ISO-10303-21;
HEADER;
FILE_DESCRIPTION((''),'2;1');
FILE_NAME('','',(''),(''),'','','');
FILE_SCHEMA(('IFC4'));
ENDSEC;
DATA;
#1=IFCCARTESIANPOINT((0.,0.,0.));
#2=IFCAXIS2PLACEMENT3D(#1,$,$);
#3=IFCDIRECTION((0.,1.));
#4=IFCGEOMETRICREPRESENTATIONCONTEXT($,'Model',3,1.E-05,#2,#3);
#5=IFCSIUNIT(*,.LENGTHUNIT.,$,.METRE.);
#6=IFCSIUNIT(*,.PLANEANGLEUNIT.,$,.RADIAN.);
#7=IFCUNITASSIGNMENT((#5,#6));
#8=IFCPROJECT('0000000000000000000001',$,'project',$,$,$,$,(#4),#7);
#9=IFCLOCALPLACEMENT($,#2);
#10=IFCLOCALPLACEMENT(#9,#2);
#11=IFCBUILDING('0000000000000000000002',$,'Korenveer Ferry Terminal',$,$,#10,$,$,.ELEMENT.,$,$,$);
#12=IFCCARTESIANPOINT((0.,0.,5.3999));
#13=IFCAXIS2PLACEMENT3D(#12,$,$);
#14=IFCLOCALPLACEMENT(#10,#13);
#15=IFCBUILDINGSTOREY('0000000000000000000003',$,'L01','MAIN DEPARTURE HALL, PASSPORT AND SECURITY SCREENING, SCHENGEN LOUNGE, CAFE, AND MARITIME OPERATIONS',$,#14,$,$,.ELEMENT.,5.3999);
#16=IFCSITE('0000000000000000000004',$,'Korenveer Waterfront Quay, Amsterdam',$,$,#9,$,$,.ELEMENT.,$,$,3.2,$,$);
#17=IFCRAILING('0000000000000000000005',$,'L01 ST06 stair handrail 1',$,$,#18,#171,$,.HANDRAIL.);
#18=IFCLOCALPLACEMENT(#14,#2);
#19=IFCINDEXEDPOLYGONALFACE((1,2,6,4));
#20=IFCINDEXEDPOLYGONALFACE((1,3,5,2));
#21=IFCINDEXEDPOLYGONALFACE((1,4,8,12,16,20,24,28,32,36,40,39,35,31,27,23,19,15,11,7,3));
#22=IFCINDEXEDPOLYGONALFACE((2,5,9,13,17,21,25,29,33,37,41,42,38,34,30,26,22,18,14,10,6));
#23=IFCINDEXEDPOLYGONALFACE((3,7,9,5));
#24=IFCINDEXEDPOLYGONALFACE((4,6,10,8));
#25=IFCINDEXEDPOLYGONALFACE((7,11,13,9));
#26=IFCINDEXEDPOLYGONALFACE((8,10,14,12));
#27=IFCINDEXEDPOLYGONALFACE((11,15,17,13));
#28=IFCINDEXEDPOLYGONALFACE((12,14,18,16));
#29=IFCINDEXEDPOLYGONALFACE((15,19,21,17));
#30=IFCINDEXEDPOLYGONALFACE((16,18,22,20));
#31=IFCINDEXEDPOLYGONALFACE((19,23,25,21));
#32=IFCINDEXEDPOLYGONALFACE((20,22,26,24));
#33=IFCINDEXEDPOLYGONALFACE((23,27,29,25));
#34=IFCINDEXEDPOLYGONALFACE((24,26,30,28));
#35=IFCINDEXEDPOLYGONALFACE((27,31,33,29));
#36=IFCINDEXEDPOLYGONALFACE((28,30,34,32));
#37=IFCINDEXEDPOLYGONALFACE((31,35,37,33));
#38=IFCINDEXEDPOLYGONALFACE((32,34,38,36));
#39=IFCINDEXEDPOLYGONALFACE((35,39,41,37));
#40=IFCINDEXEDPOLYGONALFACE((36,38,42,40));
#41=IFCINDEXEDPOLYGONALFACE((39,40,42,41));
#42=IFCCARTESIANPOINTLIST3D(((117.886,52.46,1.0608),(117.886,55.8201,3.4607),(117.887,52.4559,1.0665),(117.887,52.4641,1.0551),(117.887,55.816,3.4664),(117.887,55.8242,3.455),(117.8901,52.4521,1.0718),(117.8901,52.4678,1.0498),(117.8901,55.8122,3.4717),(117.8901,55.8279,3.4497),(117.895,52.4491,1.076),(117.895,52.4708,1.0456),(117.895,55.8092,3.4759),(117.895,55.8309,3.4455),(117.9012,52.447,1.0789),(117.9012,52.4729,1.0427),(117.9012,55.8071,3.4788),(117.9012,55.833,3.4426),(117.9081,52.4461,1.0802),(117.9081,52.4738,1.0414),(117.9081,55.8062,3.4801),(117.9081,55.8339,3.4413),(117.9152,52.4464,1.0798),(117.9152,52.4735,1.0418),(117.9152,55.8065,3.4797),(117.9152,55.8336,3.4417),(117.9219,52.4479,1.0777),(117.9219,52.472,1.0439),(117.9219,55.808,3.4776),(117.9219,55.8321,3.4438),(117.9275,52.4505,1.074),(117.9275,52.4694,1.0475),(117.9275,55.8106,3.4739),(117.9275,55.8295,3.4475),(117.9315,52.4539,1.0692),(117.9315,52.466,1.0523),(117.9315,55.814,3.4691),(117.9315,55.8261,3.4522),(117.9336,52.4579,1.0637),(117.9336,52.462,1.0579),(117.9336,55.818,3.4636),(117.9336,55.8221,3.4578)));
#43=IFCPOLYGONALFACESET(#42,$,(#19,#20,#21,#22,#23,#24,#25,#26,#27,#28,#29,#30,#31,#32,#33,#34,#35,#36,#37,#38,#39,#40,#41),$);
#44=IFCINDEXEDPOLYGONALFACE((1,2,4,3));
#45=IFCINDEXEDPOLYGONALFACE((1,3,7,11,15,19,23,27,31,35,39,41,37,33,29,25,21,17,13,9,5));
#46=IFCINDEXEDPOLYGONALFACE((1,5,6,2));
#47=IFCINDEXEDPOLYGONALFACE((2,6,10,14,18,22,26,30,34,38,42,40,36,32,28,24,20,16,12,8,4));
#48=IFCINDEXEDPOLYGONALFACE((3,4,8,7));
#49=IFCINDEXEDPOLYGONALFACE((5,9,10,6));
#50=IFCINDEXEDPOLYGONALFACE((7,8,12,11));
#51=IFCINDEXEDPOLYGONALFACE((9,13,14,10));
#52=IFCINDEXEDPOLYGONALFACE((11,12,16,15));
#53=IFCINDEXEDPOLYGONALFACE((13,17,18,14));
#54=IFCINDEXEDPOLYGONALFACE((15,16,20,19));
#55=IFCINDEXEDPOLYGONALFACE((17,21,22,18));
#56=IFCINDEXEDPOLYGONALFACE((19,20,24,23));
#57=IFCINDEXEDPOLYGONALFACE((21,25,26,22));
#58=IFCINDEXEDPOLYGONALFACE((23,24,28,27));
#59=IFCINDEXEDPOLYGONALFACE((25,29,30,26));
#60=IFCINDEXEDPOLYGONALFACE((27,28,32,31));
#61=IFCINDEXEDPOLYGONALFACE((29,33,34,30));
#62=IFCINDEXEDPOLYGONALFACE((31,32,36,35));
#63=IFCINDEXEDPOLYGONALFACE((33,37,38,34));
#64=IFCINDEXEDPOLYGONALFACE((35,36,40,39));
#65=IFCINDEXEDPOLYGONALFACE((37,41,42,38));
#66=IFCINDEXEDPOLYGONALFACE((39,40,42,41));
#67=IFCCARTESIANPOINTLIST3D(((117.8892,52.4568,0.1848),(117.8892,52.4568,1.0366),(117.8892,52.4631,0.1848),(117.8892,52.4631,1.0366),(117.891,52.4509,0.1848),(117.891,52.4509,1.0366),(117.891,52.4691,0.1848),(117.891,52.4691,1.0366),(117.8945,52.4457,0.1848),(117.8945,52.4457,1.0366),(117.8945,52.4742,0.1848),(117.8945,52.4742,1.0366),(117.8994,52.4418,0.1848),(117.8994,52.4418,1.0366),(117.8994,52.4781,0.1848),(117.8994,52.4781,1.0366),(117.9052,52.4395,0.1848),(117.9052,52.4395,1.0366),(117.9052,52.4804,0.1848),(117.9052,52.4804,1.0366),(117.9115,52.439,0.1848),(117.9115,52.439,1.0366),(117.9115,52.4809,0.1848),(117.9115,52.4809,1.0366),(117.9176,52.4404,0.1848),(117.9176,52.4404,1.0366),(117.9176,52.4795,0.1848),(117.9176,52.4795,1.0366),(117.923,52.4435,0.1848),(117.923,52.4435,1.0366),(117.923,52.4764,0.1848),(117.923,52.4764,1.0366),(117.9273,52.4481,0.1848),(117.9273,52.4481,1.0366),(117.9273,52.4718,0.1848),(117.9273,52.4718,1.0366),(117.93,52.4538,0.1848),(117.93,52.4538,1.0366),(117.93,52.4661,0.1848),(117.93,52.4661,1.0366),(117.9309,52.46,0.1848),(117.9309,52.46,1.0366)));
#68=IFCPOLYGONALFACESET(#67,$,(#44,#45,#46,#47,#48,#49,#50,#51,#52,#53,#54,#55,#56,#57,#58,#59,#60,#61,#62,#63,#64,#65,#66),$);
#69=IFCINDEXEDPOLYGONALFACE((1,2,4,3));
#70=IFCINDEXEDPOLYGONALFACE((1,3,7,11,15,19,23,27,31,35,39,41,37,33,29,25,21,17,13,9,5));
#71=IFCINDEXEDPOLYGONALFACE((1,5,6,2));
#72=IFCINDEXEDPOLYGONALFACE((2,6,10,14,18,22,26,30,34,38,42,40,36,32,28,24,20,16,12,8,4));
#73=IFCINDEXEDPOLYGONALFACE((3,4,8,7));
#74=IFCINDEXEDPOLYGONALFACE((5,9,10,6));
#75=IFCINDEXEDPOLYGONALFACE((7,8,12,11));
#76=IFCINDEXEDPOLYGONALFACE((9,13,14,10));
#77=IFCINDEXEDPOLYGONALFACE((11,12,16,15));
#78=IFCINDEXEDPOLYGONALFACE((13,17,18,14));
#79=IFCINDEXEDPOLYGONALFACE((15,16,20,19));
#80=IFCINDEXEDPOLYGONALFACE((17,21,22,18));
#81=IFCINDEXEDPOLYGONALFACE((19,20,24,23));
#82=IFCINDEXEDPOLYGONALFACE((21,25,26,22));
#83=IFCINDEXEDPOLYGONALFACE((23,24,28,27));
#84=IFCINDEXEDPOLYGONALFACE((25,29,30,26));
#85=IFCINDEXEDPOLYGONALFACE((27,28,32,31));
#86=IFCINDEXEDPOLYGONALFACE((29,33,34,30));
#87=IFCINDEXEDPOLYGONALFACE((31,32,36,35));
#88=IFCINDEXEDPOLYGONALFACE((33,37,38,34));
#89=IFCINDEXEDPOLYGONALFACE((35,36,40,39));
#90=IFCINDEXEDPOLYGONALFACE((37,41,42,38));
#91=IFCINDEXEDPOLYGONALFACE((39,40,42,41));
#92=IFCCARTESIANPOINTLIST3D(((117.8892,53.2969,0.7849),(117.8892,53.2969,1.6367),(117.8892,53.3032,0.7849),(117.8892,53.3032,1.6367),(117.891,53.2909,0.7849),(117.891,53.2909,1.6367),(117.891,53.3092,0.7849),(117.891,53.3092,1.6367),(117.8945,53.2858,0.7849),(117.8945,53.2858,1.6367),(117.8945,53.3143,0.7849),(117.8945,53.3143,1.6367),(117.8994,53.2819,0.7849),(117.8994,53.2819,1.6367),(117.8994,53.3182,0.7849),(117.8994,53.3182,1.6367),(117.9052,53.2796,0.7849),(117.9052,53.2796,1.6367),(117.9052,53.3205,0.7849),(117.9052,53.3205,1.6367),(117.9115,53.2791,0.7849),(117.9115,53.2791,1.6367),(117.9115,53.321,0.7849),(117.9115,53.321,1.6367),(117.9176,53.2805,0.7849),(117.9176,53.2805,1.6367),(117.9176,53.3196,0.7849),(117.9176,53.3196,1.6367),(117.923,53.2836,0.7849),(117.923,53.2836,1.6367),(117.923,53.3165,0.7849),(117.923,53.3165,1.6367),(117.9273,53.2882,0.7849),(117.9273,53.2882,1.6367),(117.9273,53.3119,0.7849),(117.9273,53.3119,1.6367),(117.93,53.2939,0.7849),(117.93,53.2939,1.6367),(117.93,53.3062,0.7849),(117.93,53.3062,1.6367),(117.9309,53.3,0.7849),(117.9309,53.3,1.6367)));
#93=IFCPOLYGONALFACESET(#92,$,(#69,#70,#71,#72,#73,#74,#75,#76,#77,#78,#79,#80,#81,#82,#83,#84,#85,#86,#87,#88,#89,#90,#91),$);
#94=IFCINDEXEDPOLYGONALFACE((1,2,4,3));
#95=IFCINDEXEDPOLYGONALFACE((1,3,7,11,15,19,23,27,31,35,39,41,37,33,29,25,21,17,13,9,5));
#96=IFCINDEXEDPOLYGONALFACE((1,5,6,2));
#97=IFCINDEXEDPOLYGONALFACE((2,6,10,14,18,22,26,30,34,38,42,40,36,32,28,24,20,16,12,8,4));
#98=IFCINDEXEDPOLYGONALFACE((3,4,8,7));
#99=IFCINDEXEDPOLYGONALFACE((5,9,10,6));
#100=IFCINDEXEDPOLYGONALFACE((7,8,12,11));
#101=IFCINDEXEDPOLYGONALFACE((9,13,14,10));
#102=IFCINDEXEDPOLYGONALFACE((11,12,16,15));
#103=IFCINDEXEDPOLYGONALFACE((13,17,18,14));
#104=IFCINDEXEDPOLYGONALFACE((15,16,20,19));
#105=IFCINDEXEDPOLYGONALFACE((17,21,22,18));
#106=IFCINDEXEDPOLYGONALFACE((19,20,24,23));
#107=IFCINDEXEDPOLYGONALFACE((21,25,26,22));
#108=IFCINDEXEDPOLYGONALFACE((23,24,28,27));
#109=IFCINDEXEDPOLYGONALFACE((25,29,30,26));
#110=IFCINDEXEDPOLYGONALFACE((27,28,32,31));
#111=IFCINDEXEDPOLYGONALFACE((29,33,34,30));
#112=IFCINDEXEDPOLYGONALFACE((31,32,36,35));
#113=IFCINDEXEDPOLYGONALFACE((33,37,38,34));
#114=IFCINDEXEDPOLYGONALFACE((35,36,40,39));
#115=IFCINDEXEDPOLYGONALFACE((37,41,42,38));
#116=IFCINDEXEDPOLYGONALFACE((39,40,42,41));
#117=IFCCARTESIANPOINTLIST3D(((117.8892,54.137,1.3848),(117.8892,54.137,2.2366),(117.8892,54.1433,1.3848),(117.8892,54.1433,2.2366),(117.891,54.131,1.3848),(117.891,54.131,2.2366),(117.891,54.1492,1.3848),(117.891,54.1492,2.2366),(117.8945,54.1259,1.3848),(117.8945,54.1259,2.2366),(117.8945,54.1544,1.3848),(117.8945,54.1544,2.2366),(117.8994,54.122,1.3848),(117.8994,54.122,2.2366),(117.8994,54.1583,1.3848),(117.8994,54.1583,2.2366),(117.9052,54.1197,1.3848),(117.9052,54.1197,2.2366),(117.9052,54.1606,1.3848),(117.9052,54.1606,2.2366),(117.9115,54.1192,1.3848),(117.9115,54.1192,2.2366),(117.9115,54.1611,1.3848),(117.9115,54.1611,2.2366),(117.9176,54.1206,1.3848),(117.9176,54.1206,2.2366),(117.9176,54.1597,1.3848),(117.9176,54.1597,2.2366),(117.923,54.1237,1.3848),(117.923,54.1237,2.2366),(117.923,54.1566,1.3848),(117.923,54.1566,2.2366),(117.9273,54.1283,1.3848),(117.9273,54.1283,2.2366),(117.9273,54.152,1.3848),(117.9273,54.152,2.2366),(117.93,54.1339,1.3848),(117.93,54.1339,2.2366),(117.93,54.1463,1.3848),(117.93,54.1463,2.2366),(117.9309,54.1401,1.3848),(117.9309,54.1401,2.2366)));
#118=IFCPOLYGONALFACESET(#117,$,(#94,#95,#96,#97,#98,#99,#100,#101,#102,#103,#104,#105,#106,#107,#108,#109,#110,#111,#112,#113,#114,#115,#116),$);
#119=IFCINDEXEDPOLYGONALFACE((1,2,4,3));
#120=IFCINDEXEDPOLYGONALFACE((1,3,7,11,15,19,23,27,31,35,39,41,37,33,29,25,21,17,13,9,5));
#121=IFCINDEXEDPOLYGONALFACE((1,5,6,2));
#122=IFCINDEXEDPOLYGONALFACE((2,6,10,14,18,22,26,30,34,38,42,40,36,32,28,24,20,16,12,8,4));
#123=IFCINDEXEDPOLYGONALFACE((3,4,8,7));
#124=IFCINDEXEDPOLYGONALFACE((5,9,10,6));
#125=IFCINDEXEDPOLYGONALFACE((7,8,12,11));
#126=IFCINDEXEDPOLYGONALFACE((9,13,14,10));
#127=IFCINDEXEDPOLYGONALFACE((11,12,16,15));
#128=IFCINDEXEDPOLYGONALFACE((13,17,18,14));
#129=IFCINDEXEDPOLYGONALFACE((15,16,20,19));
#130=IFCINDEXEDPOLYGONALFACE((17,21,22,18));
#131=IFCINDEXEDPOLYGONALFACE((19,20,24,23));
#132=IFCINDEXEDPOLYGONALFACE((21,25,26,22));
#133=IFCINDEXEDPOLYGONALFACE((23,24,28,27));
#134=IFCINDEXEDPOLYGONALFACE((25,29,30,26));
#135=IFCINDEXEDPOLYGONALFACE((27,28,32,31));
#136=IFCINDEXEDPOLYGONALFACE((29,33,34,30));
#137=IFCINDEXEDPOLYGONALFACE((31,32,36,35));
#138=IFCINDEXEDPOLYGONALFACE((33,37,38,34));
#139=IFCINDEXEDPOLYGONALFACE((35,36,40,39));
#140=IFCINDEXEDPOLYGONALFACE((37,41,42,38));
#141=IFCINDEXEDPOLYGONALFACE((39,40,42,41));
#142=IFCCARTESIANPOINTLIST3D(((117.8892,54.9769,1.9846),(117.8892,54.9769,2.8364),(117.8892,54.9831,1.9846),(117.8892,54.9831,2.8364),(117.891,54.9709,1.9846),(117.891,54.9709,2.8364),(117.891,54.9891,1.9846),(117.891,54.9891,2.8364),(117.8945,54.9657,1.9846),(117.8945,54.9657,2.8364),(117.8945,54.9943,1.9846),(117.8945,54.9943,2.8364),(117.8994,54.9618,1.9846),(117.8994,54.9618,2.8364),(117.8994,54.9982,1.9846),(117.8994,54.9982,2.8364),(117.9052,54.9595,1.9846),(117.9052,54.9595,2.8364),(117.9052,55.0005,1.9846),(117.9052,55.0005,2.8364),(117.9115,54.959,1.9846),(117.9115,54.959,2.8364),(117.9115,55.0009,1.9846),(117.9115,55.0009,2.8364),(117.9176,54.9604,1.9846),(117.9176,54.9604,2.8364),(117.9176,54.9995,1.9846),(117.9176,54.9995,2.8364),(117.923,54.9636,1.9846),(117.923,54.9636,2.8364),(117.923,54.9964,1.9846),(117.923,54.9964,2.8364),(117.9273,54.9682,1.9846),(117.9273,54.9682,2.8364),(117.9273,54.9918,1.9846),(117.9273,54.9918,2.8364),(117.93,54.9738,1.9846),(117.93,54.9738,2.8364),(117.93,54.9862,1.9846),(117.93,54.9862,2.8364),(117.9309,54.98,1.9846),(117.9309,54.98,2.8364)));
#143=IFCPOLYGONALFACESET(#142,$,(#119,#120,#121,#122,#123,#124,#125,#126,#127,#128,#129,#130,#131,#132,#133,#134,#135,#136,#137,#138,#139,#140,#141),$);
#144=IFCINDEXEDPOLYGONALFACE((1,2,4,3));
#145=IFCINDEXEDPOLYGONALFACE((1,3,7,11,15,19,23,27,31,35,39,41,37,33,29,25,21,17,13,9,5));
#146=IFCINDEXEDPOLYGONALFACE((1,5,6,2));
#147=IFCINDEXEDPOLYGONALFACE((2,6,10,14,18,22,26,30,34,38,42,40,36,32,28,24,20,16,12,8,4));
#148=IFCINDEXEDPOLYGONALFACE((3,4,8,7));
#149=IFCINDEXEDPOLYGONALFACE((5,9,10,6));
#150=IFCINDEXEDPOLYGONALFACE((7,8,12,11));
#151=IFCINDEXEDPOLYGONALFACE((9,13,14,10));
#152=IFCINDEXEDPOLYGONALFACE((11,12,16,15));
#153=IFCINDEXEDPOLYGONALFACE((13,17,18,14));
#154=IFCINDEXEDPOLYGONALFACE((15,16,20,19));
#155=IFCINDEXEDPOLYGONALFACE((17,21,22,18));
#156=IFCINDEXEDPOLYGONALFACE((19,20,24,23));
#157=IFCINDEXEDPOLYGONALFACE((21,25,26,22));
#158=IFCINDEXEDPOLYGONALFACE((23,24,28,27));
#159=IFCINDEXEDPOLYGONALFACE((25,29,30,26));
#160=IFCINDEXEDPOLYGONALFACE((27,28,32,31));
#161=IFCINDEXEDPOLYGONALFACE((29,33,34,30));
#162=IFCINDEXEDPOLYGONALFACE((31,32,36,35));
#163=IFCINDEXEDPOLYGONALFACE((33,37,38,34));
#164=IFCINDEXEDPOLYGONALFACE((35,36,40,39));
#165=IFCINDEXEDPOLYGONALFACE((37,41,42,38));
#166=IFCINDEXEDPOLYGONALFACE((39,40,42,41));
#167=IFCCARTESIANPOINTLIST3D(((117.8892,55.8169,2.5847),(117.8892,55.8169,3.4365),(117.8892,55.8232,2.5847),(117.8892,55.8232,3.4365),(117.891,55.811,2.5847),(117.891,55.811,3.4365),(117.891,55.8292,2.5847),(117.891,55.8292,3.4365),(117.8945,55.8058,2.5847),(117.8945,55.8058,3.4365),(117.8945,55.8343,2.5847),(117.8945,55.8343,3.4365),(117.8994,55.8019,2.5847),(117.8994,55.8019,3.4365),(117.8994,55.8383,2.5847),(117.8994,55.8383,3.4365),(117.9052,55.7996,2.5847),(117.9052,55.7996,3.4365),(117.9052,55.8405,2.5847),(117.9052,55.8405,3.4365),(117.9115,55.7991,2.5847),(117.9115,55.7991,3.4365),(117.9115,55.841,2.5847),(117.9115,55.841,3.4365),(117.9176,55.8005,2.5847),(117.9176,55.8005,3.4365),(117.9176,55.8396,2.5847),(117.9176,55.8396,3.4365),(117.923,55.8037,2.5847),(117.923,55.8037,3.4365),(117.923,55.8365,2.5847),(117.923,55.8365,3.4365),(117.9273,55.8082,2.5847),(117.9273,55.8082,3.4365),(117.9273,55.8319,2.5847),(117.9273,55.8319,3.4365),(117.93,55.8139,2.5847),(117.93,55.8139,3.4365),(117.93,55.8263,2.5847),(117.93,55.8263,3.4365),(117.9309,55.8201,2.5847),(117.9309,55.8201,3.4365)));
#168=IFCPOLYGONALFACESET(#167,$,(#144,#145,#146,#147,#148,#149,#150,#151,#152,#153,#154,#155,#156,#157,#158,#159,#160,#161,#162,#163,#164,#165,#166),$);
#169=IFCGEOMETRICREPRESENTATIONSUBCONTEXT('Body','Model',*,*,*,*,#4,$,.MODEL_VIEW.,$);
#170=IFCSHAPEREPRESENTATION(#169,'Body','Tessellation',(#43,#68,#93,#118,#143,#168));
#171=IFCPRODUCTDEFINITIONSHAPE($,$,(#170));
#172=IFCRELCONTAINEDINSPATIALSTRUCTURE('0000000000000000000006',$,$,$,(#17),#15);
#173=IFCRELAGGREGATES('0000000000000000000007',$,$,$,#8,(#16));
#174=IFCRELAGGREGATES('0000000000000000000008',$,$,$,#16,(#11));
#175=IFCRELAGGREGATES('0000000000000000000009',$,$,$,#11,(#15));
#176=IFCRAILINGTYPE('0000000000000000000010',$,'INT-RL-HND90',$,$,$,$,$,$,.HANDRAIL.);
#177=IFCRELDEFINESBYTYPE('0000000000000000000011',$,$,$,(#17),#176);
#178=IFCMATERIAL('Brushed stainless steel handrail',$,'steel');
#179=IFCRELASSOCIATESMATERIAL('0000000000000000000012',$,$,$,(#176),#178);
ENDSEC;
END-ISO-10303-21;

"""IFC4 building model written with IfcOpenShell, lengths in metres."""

from ifc_helpers import new_model, si_unit, direction, frame, origin, origin_2d, place, context, subcontext, project, spatial, circle, extrude, material, type_object, element, save


model = new_model("IFC4")

# Units and contexts
model_context = context("Model", 3, precision=1e-05, world=origin(), true_north=direction((0.0, 1.0)))
body_context = subcontext(model_context, "Body", "Model", "MODEL_VIEW")
ifc_project = project(units=[si_unit("LENGTHUNIT", "METRE"), si_unit("PLANEANGLEUNIT", "RADIAN")], contexts=[model_context])

# Site, building, storey
site_placement = place(None, origin())
site = spatial("IfcSite", under=ifc_project, at=site_placement, Name="Korenveer Waterfront Quay, Amsterdam", CompositionType="ELEMENT", RefElevation=3.2)
building_placement = place(site_placement, origin())
building = spatial("IfcBuilding", under=site, at=building_placement, Name="Korenveer Ferry Terminal", CompositionType="ELEMENT")
storey_placement = place(building_placement, frame((0.0, 0.0, 5.3999)))
storey = spatial("IfcBuildingStorey", under=building, at=storey_placement, Name="L01", Description="MAIN DEPARTURE HALL, PASSPORT AND SECURITY SCREENING, SCHENGEN LOUNGE, CAFE, AND MARITIME OPERATIONS", CompositionType="ELEMENT", Elevation=5.3999)

# Railing
ifc_material_1 = material(Name="Brushed stainless steel handrail", Category="steel")
railing_type_1 = type_object("IfcRailingType", Name="INT-RL-HND90", PredefinedType="HANDRAIL", material=ifc_material_1)
railing_1_placement = place(storey_placement, frame((117.9099, 52.46, 0.1848)))
element("IfcRailing", 1, at=railing_1_placement, inside=storey, type_object=railing_type_1, Name="L01 ST06 stair handrail 1", PredefinedType="HANDRAIL", context=body_context, shape_type="SweptSolid", body=[
    extrude(circle(Radius=0.0239, at=origin_2d()), frame((0.0, 0.0, 0.876), z_axis=(0.0, 0.813753, 0.58121), x_axis=(-1.0, 0.0, 0.0)), (0.0, 0.0, 1.0), 4.1292),
    extrude(circle(Radius=0.021, at=origin_2d()), origin(), (0.0, 0.0, 1.0), 0.8518),
    extrude(circle(Radius=0.021, at=origin_2d()), frame((0.0, 0.8401, 0.6001)), (0.0, 0.0, 1.0), 0.8518),
    extrude(circle(Radius=0.021, at=origin_2d()), frame((0.0, 1.6802, 1.2)), (0.0, 0.0, 1.0), 0.8518),
    extrude(circle(Radius=0.021, at=origin_2d()), frame((0.0, 2.52, 1.7998)), (0.0, 0.0, 1.0), 0.8518),
    extrude(circle(Radius=0.021, at=origin_2d()), frame((0.0, 3.3601, 2.3999)), (0.0, 0.0, 1.0), 0.8518),
])

save(model, "model.ifc")
